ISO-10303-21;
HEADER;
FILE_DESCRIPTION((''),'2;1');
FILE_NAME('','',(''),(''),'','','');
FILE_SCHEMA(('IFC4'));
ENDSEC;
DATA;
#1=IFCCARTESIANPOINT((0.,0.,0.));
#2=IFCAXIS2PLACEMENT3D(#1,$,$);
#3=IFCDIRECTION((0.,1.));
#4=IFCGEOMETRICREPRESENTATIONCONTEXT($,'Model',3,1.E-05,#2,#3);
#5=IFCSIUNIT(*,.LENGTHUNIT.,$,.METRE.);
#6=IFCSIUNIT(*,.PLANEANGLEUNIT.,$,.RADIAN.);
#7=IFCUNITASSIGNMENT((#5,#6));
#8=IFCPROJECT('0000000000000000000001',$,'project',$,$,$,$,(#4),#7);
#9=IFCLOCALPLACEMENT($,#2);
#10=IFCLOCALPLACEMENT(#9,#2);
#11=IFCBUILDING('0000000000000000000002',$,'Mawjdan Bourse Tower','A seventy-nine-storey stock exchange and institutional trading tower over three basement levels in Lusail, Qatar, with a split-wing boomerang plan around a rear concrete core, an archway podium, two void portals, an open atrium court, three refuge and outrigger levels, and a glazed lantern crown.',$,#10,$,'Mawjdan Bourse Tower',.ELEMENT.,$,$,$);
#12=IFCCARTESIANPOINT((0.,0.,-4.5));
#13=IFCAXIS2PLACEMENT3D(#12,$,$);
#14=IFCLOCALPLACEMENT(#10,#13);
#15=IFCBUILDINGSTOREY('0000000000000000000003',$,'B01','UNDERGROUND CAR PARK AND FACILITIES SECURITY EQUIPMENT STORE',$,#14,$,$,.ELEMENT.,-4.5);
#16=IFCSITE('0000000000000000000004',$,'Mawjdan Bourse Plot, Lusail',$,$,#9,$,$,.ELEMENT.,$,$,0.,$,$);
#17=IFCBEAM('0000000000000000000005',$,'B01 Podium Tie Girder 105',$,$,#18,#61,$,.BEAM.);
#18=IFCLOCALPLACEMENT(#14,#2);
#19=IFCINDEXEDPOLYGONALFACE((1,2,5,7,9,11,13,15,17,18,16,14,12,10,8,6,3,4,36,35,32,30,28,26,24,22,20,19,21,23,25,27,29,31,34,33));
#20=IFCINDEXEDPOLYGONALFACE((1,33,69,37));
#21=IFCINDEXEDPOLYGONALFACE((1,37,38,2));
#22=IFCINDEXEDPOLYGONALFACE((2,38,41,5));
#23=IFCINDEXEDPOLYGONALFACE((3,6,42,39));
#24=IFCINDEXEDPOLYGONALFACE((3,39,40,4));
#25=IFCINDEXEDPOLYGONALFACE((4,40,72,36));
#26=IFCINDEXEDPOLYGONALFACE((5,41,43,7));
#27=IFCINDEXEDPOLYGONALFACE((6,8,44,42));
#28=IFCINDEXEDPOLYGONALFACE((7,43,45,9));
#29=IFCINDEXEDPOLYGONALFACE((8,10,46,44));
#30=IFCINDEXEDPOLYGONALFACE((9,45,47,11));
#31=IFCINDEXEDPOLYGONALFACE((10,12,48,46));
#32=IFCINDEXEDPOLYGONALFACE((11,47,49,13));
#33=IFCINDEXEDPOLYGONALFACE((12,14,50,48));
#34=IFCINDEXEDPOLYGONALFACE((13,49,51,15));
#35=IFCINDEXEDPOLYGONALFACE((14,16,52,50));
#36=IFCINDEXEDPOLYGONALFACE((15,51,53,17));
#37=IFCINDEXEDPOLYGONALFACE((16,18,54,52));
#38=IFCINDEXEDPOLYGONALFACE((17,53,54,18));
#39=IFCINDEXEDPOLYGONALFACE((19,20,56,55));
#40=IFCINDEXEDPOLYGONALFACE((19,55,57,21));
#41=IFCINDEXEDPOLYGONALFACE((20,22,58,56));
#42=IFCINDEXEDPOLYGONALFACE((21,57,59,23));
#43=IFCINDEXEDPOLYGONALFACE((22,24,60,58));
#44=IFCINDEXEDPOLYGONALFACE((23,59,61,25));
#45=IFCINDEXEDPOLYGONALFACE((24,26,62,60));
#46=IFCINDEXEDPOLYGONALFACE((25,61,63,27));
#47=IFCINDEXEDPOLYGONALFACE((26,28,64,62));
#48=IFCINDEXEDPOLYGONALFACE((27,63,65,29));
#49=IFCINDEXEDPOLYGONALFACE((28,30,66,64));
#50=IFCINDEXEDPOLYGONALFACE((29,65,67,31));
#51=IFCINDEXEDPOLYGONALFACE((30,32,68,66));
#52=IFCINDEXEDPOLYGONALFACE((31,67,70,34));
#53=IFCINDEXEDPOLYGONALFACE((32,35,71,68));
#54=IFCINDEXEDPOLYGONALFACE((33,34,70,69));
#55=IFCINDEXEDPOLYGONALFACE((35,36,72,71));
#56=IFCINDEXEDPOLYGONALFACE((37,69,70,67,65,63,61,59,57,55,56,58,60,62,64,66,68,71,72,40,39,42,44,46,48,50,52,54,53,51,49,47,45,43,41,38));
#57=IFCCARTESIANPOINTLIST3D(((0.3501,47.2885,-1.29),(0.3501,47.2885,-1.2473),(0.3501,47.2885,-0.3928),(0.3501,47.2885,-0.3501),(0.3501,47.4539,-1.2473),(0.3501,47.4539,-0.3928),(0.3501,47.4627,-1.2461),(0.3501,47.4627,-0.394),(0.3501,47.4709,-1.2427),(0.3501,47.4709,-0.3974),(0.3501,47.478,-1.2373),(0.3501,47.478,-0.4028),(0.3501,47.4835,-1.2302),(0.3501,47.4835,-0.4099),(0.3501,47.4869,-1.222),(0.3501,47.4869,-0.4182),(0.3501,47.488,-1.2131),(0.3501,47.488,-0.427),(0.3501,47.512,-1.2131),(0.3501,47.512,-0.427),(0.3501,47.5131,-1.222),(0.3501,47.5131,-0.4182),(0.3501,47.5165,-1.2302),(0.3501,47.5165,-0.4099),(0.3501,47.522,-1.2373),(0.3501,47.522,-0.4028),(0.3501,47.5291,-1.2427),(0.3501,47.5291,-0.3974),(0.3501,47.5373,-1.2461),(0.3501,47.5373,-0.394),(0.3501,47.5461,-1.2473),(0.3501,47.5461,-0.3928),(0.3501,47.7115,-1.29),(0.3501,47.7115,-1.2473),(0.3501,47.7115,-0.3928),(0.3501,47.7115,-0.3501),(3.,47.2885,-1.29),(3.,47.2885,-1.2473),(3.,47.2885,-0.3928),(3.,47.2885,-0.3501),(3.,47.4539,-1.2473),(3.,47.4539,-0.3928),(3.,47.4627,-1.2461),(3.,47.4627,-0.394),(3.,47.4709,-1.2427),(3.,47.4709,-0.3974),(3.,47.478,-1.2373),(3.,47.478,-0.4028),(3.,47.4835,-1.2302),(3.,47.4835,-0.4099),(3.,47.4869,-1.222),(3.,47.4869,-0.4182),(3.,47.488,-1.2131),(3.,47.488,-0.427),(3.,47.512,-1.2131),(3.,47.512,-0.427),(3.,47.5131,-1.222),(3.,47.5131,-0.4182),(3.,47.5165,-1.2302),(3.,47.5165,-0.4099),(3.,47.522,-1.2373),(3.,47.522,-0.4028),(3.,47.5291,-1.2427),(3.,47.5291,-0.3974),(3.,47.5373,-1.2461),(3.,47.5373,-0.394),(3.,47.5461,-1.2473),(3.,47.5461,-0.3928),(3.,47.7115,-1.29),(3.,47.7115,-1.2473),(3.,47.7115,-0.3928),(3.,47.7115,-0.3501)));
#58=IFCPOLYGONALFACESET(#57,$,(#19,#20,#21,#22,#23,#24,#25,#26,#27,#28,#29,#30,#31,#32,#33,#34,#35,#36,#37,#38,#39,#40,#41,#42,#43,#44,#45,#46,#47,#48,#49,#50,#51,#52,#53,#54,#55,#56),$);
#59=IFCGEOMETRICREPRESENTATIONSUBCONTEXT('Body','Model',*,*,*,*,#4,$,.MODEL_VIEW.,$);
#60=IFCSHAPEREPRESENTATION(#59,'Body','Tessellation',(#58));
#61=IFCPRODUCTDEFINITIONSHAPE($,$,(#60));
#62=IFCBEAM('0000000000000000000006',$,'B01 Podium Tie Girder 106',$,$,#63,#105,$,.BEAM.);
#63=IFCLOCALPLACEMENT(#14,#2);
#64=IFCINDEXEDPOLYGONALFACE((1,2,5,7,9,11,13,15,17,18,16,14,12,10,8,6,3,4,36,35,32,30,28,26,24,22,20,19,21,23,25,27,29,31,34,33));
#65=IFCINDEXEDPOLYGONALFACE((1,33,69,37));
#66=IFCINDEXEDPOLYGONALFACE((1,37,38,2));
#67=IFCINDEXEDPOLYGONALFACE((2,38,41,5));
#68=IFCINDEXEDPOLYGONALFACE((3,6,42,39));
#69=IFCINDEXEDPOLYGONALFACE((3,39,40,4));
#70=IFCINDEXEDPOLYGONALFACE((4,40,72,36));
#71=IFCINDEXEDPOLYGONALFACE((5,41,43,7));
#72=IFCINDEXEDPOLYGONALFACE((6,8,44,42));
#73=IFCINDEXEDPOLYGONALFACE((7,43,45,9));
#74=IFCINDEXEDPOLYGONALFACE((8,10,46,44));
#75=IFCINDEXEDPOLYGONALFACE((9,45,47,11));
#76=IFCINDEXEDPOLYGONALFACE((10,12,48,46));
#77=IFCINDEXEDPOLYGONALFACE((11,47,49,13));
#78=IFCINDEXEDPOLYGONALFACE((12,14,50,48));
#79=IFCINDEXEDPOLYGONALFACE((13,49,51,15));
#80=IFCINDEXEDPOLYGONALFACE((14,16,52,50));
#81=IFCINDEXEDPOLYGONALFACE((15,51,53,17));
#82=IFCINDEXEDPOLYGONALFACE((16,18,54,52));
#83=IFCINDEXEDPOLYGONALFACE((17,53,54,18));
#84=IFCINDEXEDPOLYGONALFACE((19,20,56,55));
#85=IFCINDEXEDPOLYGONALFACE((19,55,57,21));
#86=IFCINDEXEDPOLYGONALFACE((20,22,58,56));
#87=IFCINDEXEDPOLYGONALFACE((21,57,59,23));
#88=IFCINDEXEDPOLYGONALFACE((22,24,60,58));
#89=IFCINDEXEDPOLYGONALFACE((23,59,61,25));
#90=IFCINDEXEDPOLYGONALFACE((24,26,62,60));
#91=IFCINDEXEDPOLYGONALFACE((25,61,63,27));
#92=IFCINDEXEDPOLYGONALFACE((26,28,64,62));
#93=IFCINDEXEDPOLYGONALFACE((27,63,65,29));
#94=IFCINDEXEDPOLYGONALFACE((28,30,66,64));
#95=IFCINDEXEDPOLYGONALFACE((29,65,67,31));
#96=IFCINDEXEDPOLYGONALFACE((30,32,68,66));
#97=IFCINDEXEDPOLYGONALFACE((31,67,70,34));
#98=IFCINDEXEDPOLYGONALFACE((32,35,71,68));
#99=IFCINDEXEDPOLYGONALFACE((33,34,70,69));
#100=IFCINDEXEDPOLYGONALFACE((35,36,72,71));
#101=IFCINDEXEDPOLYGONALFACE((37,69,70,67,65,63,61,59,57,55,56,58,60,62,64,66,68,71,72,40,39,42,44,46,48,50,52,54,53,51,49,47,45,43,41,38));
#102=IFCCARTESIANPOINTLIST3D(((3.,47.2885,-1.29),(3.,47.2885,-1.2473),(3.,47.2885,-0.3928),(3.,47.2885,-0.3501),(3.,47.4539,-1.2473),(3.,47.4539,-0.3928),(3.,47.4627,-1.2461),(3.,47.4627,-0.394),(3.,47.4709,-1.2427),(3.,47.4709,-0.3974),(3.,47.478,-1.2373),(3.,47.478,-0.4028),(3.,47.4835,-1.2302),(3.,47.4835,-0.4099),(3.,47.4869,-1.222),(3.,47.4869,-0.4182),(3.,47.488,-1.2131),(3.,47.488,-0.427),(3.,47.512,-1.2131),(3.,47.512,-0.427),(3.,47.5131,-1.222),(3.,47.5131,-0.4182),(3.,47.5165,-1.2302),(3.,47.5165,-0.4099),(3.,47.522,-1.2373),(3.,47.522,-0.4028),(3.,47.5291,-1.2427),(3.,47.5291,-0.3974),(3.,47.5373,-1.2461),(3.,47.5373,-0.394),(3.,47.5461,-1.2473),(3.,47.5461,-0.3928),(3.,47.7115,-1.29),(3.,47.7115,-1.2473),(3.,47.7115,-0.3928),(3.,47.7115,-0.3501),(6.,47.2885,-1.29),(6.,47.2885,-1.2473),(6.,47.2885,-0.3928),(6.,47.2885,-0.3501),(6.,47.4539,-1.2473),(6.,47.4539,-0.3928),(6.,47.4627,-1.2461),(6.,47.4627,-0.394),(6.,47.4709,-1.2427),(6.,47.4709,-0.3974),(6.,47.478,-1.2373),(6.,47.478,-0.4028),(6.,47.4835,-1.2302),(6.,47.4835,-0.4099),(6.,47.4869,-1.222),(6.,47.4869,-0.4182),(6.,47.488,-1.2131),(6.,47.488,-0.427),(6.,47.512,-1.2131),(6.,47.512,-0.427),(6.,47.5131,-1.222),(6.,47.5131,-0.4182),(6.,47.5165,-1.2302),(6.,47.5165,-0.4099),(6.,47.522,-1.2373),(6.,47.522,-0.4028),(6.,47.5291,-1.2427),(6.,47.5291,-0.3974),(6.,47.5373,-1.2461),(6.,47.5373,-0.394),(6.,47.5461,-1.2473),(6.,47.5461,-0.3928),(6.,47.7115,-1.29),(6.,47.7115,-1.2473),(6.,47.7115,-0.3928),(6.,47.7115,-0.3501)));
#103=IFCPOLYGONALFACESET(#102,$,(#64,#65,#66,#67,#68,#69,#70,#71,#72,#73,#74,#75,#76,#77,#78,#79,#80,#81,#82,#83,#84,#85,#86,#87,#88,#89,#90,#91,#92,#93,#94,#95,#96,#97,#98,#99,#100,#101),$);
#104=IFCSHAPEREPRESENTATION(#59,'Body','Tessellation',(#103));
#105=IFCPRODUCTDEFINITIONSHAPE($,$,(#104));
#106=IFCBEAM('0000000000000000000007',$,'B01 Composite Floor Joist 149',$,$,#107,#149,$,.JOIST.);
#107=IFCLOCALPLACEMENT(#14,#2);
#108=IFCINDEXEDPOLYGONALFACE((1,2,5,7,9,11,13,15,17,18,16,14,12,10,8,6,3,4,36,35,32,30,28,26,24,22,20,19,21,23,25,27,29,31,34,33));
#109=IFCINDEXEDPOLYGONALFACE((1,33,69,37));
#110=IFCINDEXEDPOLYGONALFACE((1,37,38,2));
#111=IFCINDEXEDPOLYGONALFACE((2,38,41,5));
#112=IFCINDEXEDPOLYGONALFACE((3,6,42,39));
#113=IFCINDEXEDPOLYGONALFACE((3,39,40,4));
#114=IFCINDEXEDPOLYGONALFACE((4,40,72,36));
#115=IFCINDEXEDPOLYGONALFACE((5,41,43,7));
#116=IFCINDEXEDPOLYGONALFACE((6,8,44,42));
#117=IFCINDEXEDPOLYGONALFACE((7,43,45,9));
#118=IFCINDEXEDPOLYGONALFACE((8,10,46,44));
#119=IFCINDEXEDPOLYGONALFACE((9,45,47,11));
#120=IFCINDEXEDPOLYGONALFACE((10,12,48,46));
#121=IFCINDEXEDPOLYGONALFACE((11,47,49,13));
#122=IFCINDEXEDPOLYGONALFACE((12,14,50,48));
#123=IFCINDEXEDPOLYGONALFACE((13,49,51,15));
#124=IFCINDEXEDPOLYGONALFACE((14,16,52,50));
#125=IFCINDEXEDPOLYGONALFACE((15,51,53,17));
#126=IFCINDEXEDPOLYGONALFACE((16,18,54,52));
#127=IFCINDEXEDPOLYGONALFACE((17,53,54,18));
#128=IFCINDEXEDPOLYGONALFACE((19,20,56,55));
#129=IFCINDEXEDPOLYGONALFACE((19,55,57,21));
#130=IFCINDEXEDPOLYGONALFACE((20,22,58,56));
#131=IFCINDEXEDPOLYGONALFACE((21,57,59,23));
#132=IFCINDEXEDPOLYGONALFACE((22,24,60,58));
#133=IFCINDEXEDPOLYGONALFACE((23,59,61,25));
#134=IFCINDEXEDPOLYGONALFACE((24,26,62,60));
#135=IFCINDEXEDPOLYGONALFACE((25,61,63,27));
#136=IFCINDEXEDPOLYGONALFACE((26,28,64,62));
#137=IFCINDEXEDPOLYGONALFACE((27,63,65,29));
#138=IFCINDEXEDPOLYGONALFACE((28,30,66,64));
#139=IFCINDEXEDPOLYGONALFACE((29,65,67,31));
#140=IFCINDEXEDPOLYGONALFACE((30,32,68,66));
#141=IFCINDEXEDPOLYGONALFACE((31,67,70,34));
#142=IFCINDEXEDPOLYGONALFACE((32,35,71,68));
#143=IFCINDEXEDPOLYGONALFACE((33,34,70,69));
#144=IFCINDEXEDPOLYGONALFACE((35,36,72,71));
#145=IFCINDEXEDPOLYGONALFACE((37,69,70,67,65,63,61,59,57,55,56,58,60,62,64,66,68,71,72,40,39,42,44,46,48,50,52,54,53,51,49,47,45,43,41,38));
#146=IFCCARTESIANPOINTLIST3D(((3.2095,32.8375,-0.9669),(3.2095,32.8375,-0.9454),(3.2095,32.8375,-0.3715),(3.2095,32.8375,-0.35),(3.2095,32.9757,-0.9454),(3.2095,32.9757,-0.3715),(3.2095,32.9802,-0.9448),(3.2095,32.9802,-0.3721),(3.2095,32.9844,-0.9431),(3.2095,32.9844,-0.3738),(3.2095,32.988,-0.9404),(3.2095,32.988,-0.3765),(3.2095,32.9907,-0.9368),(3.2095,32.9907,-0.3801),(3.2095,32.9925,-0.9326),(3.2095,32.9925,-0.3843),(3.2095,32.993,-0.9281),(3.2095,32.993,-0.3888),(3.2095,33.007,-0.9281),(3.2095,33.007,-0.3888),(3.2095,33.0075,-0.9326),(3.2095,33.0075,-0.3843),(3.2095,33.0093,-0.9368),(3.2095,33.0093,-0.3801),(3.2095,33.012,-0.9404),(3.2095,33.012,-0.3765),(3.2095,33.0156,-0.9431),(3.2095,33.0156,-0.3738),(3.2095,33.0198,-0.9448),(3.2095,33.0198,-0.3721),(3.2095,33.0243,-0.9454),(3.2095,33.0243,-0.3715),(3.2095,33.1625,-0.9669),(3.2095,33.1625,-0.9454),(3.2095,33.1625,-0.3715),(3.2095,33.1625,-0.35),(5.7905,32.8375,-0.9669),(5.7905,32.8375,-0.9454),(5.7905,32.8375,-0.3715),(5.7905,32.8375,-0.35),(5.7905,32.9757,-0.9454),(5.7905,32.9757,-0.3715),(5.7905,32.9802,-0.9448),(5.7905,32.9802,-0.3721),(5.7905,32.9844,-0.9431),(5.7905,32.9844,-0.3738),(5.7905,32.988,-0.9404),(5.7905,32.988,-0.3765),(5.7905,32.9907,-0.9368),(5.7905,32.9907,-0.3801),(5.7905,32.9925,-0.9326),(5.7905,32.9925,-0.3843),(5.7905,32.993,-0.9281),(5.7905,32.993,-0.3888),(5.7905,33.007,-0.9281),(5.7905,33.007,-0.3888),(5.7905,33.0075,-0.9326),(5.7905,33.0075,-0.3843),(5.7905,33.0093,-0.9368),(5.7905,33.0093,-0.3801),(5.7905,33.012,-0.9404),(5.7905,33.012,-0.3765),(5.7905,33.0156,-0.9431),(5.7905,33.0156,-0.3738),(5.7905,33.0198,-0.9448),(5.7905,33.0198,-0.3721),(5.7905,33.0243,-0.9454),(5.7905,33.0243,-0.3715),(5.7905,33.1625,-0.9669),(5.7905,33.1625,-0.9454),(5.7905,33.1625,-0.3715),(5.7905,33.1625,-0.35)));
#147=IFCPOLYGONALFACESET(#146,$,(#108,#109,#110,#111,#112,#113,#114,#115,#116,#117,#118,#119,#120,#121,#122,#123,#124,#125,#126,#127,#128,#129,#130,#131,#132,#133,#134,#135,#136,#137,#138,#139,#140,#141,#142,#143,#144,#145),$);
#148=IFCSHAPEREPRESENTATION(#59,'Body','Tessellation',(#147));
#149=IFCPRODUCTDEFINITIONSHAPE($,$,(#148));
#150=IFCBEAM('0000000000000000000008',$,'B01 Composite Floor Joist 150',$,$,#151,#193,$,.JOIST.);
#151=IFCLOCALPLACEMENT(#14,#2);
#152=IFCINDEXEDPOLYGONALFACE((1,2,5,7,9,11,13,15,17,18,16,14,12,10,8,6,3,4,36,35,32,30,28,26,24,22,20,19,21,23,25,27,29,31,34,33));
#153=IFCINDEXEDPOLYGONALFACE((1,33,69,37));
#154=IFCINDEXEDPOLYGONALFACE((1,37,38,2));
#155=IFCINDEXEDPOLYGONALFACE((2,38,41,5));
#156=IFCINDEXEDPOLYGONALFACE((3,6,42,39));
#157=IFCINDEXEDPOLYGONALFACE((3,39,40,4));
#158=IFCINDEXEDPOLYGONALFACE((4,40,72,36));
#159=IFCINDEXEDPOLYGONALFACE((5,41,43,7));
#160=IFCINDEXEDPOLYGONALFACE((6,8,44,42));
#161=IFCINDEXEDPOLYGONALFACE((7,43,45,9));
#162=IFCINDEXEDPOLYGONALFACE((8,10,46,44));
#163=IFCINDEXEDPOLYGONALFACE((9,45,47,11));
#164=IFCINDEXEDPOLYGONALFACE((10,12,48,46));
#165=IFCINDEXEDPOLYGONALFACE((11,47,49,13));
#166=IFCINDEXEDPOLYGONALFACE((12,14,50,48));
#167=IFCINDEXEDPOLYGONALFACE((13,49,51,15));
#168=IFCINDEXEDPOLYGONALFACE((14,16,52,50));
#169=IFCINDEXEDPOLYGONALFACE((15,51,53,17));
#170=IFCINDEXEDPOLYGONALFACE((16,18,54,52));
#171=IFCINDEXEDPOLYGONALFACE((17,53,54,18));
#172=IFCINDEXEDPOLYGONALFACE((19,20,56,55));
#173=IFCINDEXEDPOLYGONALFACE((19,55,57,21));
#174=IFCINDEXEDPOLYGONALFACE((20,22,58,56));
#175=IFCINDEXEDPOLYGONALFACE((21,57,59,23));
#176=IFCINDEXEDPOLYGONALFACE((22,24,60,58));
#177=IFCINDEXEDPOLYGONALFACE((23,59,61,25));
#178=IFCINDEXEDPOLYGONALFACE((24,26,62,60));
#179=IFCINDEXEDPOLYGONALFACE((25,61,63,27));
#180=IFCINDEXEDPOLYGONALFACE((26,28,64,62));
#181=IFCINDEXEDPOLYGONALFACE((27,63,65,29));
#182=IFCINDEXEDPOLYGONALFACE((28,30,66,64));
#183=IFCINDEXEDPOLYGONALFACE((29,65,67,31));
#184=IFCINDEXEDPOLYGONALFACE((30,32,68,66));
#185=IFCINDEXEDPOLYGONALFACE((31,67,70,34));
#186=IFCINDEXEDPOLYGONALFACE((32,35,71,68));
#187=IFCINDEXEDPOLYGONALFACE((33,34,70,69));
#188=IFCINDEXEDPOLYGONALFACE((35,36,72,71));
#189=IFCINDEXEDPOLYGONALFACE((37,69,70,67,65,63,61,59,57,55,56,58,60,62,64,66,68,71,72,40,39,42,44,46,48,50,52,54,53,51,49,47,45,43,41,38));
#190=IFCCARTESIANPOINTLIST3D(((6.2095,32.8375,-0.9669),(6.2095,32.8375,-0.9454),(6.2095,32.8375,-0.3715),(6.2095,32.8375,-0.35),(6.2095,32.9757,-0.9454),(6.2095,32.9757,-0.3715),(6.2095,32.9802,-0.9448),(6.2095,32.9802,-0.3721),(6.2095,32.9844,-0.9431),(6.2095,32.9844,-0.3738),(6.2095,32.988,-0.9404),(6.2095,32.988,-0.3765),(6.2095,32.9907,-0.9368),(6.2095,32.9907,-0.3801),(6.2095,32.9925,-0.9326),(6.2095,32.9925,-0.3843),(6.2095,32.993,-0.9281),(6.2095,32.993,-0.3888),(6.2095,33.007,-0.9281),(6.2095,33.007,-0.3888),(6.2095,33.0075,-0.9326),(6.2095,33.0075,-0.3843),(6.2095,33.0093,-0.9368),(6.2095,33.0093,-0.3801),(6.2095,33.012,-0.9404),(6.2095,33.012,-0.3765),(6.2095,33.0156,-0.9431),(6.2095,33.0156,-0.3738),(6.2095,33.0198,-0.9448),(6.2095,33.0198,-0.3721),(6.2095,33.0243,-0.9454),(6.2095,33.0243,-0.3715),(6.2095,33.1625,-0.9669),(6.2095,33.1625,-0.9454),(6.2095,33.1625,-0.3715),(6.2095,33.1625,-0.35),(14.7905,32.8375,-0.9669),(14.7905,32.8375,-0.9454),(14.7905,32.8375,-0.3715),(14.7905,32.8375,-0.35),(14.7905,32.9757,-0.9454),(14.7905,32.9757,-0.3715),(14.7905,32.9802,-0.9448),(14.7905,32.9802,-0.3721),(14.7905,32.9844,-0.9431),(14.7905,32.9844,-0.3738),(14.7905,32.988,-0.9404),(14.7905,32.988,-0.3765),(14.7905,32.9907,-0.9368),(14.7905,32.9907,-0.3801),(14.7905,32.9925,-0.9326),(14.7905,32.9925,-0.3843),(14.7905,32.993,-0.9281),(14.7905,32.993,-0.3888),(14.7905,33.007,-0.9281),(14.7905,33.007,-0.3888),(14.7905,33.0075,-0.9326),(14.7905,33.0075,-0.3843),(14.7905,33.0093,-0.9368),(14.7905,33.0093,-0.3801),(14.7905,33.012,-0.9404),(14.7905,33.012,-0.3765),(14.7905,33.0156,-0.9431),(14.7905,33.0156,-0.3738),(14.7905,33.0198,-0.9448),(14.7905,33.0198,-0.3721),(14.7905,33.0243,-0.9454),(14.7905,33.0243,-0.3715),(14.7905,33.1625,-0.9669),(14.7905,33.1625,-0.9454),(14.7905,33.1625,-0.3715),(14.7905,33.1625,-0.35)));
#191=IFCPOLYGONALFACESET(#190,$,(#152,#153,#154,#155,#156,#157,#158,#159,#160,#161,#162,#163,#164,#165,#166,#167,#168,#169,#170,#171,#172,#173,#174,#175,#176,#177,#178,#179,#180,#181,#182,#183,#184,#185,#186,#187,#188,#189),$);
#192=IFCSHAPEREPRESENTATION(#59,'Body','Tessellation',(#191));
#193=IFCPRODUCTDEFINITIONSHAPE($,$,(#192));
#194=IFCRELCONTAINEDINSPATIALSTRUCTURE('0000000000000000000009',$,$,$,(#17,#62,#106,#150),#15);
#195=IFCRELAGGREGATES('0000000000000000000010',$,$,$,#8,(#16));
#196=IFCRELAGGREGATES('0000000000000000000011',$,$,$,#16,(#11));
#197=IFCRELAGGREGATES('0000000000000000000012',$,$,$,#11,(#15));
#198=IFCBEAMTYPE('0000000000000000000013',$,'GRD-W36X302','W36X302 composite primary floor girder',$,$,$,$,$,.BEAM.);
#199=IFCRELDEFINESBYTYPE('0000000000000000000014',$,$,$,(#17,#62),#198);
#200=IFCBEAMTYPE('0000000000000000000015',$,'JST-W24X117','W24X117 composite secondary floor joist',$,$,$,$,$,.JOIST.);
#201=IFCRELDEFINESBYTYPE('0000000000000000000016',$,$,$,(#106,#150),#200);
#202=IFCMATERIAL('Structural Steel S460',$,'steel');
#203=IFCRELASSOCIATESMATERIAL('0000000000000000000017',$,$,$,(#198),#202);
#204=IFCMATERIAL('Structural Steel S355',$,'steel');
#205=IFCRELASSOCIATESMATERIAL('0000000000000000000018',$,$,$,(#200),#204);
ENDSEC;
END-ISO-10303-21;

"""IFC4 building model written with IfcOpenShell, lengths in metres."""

from ifc_helpers import new_model, si_unit, direction, frame, origin, origin_2d, place, context, subcontext, project, spatial, i_section, extrude, material, material_profile, profile_set, type_object, element, save


model = new_model("IFC4")

# Units and contexts
model_context = context("Model", 3, precision=1e-05, world=origin(), true_north=direction((0.0, 1.0)))
body_context = subcontext(model_context, "Body", "Model", "MODEL_VIEW")
ifc_project = project(units=[si_unit("LENGTHUNIT", "METRE"), si_unit("PLANEANGLEUNIT", "RADIAN")], contexts=[model_context])

# Site, building, storey
site_placement = place(None, origin())
site = spatial("IfcSite", under=ifc_project, at=site_placement, Name="Mawjdan Bourse Plot, Lusail", CompositionType="ELEMENT", RefElevation=0.0)
building_placement = place(site_placement, origin())
building = spatial("IfcBuilding", under=site, at=building_placement, Name="Mawjdan Bourse Tower", Description="A seventy-nine-storey stock exchange and institutional trading tower over three basement levels in Lusail, Qatar, with a split-wing boomerang plan around a rear concrete core, an archway podium, two void portals, an open atrium court, three refuge and outrigger levels, and a glazed lantern crown.", LongName="Mawjdan Bourse Tower", CompositionType="ELEMENT")
storey_placement = place(building_placement, frame((0.0, 0.0, -4.5)))
storey = spatial("IfcBuildingStorey", under=building, at=storey_placement, Name="B01", Description="UNDERGROUND CAR PARK AND FACILITIES SECURITY EQUIPMENT STORE", CompositionType="ELEMENT", Elevation=-4.5)

# Beams
ifc_material_1 = material(Name="Structural Steel S460", Category="steel")
ifc_material_profile_1 = material_profile(ifc_material_1, i_section(OverallWidth=0.4231, OverallDepth=0.9399, WebThickness=0.0239, FlangeThickness=0.0427, FilletRadius=0.0342, at=origin_2d()), Name="W36X302")
ifc_profile_set_1 = profile_set([ifc_material_profile_1], Name="Structural Steel S460")
beam_type_1 = type_object("IfcBeamType", Name="GRD-W36X302", Description="W36X302 composite primary floor girder", PredefinedType="BEAM", material=ifc_profile_set_1)
beam_1_placement = place(storey_placement, frame((0.3501, 47.5, -0.8201), z_axis=(1.0, 0.0, 0.0), x_axis=(0.0, 1.0, 0.0)))
element("IfcBeam", 1, at=beam_1_placement, inside=storey, type_object=beam_type_1, Name="B01 Podium Tie Girder 105", PredefinedType="BEAM", context=body_context, shape_type="SweptSolid", body=[
    extrude(i_section(OverallWidth=0.4231, OverallDepth=0.9399, WebThickness=0.0239, FlangeThickness=0.0427, FilletRadius=0.0342, at=origin_2d()), origin(), (0.0, 0.0, 1.0), 2.6499),
])
beam_2_placement = place(storey_placement, frame((3.0, 47.5, -0.8201), z_axis=(1.0, 0.0, 0.0), x_axis=(0.0, 1.0, 0.0)))
element("IfcBeam", 2, at=beam_2_placement, inside=storey, type_object=beam_type_1, Name="B01 Podium Tie Girder 106", PredefinedType="BEAM", context=body_context, shape_type="SweptSolid", body=[
    extrude(i_section(OverallWidth=0.4231, OverallDepth=0.9399, WebThickness=0.0239, FlangeThickness=0.0427, FilletRadius=0.0342, at=origin_2d()), origin(), (0.0, 0.0, 1.0), 3.0),
])
ifc_material_2 = material(Name="Structural Steel S355", Category="steel")
ifc_material_profile_2 = material_profile(ifc_material_2, i_section(OverallWidth=0.325, OverallDepth=0.6169, WebThickness=0.0139, FlangeThickness=0.0215, FilletRadius=0.0173, at=origin_2d()), Name="W24X117")
ifc_profile_set_2 = profile_set([ifc_material_profile_2], Name="Structural Steel S355")
beam_type_2 = type_object("IfcBeamType", Name="JST-W24X117", Description="W24X117 composite secondary floor joist", PredefinedType="JOIST", material=ifc_profile_set_2)
beam_3_placement = place(storey_placement, frame((3.2095, 33.0, -0.6584), z_axis=(1.0, 0.0, 0.0), x_axis=(0.0, 1.0, 0.0)))
element("IfcBeam", 3, at=beam_3_placement, inside=storey, type_object=beam_type_2, Name="B01 Composite Floor Joist 149", PredefinedType="JOIST", context=body_context, shape_type="SweptSolid", body=[
    extrude(i_section(OverallWidth=0.325, OverallDepth=0.6169, WebThickness=0.0139, FlangeThickness=0.0215, FilletRadius=0.0173, at=origin_2d()), origin(), (0.0, 0.0, 1.0), 2.5811),
])
beam_4_placement = place(storey_placement, frame((6.2095, 33.0, -0.6584), z_axis=(1.0, 0.0, 0.0), x_axis=(0.0, 1.0, 0.0)))
element("IfcBeam", 4, at=beam_4_placement, inside=storey, type_object=beam_type_2, Name="B01 Composite Floor Joist 150", PredefinedType="JOIST", context=body_context, shape_type="SweptSolid", body=[
    extrude(i_section(OverallWidth=0.325, OverallDepth=0.6169, WebThickness=0.0139, FlangeThickness=0.0215, FilletRadius=0.0173, at=origin_2d()), origin(), (0.0, 0.0, 1.0), 8.5811),
])

save(model, "model.ifc")
